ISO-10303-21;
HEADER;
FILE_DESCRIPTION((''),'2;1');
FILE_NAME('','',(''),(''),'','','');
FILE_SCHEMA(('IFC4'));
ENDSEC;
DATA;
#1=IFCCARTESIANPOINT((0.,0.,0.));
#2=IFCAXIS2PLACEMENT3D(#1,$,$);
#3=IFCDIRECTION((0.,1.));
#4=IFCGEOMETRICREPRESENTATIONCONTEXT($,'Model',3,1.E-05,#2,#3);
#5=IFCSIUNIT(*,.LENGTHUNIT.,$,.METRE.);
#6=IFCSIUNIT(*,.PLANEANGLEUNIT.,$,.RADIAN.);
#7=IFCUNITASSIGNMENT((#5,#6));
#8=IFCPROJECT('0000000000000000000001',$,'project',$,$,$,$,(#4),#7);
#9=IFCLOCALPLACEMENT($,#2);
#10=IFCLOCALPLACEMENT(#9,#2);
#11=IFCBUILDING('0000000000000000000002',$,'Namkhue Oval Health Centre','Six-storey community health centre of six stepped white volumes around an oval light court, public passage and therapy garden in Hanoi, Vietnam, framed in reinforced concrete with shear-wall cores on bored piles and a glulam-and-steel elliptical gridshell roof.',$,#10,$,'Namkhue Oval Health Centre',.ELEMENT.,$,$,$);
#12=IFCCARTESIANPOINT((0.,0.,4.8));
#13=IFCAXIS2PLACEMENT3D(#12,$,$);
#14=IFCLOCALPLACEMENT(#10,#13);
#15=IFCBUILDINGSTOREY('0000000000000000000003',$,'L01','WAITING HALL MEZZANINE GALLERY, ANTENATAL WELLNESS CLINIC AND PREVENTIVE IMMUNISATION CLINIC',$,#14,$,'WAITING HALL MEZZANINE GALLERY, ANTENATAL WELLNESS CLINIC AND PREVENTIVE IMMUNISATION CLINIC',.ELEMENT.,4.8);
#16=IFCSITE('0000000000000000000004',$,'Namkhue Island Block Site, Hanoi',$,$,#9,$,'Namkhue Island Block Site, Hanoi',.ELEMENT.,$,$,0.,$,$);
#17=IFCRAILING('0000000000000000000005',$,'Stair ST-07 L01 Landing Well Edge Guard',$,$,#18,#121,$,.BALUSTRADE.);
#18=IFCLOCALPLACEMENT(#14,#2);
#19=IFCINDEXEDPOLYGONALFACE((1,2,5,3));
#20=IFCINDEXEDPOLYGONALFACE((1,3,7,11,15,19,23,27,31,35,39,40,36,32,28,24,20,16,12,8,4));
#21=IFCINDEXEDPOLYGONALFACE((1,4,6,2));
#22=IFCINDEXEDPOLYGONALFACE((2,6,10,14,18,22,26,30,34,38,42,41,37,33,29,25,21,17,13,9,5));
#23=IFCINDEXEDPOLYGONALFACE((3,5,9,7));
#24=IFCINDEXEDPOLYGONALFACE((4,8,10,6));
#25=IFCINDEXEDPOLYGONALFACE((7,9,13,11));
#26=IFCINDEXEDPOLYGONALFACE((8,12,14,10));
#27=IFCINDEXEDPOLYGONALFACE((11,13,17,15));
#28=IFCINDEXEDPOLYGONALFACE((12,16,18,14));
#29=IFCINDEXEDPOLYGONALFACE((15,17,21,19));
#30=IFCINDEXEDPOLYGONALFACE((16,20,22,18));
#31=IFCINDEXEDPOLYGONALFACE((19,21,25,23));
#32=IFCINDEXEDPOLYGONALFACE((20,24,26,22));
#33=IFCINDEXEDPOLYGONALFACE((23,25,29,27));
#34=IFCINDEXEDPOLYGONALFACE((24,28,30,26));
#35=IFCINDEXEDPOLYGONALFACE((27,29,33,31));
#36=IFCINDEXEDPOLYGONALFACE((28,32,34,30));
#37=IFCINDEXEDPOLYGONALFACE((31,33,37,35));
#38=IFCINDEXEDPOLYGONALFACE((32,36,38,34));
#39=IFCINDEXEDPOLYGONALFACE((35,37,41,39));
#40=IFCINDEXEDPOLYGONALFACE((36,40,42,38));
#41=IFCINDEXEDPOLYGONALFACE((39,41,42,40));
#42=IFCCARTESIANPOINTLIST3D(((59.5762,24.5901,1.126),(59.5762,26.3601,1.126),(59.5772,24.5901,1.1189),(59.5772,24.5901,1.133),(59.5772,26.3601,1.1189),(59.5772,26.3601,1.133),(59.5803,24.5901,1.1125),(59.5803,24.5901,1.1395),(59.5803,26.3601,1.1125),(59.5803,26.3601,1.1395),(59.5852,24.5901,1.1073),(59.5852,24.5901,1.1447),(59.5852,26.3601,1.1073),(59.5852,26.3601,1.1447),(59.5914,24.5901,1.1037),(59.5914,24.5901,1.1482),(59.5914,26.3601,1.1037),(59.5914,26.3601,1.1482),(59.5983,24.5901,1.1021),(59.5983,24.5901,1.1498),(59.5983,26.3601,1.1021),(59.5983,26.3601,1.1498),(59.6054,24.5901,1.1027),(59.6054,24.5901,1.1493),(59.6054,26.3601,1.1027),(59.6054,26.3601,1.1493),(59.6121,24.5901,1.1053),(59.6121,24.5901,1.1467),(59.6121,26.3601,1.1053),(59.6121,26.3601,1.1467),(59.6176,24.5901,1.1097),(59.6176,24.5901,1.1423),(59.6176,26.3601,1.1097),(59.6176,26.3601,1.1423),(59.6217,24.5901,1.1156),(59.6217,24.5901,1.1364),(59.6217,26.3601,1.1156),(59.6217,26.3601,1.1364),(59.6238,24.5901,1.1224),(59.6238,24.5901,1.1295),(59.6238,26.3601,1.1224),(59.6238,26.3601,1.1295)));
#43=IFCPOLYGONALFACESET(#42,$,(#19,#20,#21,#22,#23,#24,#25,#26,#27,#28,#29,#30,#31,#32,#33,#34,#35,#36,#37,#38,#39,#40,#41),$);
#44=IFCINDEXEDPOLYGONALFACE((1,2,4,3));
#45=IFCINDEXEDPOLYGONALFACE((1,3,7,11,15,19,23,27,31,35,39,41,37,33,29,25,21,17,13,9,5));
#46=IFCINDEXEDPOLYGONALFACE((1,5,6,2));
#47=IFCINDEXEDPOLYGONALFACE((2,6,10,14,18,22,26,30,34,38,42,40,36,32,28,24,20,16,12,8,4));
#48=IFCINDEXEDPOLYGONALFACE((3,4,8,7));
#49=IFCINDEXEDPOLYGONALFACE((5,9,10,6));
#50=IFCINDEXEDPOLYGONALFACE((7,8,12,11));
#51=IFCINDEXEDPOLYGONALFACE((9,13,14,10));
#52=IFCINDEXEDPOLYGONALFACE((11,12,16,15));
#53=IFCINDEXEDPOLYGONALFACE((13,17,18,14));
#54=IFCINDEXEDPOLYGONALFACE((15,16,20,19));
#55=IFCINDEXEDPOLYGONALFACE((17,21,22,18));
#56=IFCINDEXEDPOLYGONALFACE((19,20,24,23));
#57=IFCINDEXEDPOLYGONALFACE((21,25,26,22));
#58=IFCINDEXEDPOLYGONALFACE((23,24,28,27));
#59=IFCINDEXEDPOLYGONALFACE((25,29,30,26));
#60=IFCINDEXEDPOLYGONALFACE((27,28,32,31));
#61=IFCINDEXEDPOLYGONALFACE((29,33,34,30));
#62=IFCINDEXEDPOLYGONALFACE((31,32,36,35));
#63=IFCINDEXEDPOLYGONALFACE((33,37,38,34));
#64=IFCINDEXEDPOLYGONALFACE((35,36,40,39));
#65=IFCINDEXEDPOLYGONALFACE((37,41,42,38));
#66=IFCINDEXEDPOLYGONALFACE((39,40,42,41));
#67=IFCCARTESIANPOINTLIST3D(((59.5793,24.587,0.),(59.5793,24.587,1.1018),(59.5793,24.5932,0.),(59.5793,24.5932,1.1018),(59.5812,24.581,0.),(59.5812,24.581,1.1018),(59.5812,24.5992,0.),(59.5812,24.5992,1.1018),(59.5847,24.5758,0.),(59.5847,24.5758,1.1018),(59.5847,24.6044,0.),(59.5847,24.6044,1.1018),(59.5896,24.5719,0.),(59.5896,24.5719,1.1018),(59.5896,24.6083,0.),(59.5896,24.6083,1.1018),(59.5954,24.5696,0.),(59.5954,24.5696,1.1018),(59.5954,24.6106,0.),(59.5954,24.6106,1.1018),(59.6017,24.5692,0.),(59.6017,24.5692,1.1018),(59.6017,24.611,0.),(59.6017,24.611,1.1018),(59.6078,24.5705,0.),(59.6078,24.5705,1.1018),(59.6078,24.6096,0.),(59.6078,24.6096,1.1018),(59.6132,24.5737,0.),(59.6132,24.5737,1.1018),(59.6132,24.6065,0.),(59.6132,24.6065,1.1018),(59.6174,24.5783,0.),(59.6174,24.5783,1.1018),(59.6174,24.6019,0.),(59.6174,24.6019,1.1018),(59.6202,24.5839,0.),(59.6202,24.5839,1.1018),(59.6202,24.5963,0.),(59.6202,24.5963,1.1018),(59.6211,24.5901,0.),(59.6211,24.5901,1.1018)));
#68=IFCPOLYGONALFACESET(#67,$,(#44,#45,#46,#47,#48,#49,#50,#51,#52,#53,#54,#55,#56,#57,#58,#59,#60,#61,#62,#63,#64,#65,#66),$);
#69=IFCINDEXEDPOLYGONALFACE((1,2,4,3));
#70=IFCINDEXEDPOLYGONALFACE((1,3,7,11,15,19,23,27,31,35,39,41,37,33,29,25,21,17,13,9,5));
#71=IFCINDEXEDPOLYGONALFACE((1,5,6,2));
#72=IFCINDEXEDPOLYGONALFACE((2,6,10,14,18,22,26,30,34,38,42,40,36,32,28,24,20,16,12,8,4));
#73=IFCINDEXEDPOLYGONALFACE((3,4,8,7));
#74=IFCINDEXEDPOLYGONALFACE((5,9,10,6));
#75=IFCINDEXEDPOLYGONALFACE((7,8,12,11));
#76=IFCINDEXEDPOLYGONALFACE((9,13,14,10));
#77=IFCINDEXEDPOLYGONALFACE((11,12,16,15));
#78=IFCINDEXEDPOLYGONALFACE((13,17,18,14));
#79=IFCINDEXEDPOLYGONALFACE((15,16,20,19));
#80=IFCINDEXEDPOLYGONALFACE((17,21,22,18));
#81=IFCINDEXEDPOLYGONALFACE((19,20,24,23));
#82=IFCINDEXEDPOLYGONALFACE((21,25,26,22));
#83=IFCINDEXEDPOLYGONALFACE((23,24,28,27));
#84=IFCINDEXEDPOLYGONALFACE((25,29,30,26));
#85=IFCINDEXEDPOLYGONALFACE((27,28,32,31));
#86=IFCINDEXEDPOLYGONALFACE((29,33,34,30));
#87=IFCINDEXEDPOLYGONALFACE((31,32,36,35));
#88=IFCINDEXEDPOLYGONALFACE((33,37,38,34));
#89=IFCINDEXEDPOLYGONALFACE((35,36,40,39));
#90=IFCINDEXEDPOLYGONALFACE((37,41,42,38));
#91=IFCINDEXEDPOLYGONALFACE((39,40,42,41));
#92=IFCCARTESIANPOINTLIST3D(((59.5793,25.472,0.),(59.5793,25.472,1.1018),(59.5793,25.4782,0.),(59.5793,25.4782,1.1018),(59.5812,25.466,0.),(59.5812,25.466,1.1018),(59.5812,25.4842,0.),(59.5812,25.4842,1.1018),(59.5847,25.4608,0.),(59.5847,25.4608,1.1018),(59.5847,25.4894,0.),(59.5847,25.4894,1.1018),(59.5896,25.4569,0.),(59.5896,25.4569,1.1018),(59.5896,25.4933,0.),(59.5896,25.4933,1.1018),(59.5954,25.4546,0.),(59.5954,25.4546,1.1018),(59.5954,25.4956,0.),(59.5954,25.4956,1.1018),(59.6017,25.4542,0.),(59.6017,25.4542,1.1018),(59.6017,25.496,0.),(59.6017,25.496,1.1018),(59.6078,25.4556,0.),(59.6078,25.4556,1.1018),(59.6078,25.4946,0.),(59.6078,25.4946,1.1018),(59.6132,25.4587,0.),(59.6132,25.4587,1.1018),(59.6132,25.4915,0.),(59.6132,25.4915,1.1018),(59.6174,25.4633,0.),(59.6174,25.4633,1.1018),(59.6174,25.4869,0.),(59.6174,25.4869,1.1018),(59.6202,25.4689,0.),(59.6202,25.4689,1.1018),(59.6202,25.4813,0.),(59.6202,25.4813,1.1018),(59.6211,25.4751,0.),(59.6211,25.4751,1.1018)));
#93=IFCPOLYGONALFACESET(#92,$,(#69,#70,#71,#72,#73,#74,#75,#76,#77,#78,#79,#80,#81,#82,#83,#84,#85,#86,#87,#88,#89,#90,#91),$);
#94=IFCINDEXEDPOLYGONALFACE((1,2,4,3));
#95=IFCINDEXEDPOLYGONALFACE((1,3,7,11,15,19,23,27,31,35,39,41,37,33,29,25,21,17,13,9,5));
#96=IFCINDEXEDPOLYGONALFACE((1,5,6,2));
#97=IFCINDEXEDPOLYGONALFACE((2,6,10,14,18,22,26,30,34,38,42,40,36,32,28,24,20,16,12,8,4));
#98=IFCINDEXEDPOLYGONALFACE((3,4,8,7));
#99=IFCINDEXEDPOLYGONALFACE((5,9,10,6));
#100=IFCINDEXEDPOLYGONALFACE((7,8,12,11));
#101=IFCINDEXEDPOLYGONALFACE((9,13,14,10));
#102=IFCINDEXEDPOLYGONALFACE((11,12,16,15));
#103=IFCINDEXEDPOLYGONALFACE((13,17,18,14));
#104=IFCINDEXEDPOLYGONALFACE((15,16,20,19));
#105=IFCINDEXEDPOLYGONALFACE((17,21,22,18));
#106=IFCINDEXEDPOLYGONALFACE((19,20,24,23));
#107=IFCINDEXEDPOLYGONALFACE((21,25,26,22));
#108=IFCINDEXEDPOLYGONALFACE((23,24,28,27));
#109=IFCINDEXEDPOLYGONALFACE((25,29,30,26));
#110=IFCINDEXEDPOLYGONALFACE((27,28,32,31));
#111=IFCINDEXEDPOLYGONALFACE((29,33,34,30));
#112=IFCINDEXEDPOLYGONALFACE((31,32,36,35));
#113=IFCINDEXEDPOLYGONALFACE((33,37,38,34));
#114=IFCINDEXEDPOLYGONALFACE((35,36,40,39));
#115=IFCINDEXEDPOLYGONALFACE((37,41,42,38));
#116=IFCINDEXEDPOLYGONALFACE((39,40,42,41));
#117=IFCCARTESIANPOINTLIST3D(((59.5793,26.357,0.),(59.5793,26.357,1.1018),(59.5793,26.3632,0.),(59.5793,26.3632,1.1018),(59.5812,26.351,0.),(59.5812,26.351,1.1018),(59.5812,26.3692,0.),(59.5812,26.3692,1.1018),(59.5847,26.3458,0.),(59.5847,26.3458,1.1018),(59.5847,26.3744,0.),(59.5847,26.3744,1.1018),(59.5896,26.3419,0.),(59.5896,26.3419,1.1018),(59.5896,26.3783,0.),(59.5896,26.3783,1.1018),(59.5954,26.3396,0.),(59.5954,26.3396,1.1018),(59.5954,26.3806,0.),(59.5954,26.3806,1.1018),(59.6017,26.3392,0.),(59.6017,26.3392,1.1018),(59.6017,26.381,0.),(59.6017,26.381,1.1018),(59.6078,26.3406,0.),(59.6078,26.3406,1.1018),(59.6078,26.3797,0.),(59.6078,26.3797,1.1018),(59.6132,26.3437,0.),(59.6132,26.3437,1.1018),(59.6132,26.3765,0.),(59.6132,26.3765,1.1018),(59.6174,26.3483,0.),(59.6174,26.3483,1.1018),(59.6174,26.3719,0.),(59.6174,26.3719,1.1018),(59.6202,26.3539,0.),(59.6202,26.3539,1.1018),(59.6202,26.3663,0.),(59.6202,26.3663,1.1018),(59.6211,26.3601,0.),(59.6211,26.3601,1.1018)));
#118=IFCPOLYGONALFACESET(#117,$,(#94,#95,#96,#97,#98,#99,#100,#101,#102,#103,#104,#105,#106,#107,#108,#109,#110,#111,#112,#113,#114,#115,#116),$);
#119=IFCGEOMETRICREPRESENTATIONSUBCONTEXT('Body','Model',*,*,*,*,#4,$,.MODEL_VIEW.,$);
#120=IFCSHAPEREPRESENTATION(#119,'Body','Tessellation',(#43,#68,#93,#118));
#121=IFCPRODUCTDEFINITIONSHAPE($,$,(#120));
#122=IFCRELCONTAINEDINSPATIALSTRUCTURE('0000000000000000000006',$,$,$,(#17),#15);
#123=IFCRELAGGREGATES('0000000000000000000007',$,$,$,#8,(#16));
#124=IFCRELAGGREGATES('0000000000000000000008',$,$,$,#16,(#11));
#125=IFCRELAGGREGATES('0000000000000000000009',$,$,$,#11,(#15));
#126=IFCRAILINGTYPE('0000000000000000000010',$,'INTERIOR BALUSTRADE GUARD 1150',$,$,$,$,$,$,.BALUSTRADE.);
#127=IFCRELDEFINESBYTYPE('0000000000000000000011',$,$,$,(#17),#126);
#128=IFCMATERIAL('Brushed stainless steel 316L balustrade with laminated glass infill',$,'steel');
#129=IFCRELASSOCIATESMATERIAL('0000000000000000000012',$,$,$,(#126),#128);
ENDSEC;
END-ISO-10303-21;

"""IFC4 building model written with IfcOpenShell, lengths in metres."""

from ifc_helpers import new_model, si_unit, direction, frame, origin, origin_2d, place, context, subcontext, project, spatial, circle, extrude, material, type_object, element, save


model = new_model("IFC4")

# Units and contexts
model_context = context("Model", 3, precision=1e-05, world=origin(), true_north=direction((0.0, 1.0)))
body_context = subcontext(model_context, "Body", "Model", "MODEL_VIEW")
ifc_project = project(units=[si_unit("LENGTHUNIT", "METRE"), si_unit("PLANEANGLEUNIT", "RADIAN")], contexts=[model_context])

# Site, building, storey
site_placement = place(None, origin())
site = spatial("IfcSite", under=ifc_project, at=site_placement, Name="Namkhue Island Block Site, Hanoi", LongName="Namkhue Island Block Site, Hanoi", CompositionType="ELEMENT", RefElevation=0.0)
building_placement = place(site_placement, origin())
building = spatial("IfcBuilding", under=site, at=building_placement, Name="Namkhue Oval Health Centre", Description="Six-storey community health centre of six stepped white volumes around an oval light court, public passage and therapy garden in Hanoi, Vietnam, framed in reinforced concrete with shear-wall cores on bored piles and a glulam-and-steel elliptical gridshell roof.", LongName="Namkhue Oval Health Centre", CompositionType="ELEMENT")
storey_placement = place(building_placement, frame((0.0, 0.0, 4.8)))
storey = spatial("IfcBuildingStorey", under=building, at=storey_placement, Name="L01", Description="WAITING HALL MEZZANINE GALLERY, ANTENATAL WELLNESS CLINIC AND PREVENTIVE IMMUNISATION CLINIC", LongName="WAITING HALL MEZZANINE GALLERY, ANTENATAL WELLNESS CLINIC AND PREVENTIVE IMMUNISATION CLINIC", CompositionType="ELEMENT", Elevation=4.8)

# Railing
ifc_material_1 = material(Name="Brushed stainless steel 316L balustrade with laminated glass infill", Category="steel")
railing_type_1 = type_object("IfcRailingType", Name="INTERIOR BALUSTRADE GUARD 1150", PredefinedType="BALUSTRADE", material=ifc_material_1)
railing_1_placement = place(storey_placement, frame((59.6001, 24.5901, 0.0)))
element("IfcRailing", 1, at=railing_1_placement, inside=storey, type_object=railing_type_1, Name="Stair ST-07 L01 Landing Well Edge Guard", PredefinedType="BALUSTRADE", context=body_context, shape_type="SweptSolid", body=[
    extrude(circle(Radius=0.0239, at=origin_2d()), frame((0.0, 0.0, 1.126), z_axis=(0.0, 1.0, 0.0), x_axis=(-1.0, 0.0, 0.0)), (0.0, 0.0, 1.0), 1.77),
    extrude(circle(Radius=0.021, at=origin_2d()), origin(), (0.0, 0.0, 1.0), 1.1018),
    extrude(circle(Radius=0.021, at=origin_2d()), frame((0.0, 0.885, 0.0)), (0.0, 0.0, 1.0), 1.1018),
    extrude(circle(Radius=0.021, at=origin_2d()), frame((0.0, 1.77, 0.0)), (0.0, 0.0, 1.0), 1.1018),
])

save(model, "model.ifc")
